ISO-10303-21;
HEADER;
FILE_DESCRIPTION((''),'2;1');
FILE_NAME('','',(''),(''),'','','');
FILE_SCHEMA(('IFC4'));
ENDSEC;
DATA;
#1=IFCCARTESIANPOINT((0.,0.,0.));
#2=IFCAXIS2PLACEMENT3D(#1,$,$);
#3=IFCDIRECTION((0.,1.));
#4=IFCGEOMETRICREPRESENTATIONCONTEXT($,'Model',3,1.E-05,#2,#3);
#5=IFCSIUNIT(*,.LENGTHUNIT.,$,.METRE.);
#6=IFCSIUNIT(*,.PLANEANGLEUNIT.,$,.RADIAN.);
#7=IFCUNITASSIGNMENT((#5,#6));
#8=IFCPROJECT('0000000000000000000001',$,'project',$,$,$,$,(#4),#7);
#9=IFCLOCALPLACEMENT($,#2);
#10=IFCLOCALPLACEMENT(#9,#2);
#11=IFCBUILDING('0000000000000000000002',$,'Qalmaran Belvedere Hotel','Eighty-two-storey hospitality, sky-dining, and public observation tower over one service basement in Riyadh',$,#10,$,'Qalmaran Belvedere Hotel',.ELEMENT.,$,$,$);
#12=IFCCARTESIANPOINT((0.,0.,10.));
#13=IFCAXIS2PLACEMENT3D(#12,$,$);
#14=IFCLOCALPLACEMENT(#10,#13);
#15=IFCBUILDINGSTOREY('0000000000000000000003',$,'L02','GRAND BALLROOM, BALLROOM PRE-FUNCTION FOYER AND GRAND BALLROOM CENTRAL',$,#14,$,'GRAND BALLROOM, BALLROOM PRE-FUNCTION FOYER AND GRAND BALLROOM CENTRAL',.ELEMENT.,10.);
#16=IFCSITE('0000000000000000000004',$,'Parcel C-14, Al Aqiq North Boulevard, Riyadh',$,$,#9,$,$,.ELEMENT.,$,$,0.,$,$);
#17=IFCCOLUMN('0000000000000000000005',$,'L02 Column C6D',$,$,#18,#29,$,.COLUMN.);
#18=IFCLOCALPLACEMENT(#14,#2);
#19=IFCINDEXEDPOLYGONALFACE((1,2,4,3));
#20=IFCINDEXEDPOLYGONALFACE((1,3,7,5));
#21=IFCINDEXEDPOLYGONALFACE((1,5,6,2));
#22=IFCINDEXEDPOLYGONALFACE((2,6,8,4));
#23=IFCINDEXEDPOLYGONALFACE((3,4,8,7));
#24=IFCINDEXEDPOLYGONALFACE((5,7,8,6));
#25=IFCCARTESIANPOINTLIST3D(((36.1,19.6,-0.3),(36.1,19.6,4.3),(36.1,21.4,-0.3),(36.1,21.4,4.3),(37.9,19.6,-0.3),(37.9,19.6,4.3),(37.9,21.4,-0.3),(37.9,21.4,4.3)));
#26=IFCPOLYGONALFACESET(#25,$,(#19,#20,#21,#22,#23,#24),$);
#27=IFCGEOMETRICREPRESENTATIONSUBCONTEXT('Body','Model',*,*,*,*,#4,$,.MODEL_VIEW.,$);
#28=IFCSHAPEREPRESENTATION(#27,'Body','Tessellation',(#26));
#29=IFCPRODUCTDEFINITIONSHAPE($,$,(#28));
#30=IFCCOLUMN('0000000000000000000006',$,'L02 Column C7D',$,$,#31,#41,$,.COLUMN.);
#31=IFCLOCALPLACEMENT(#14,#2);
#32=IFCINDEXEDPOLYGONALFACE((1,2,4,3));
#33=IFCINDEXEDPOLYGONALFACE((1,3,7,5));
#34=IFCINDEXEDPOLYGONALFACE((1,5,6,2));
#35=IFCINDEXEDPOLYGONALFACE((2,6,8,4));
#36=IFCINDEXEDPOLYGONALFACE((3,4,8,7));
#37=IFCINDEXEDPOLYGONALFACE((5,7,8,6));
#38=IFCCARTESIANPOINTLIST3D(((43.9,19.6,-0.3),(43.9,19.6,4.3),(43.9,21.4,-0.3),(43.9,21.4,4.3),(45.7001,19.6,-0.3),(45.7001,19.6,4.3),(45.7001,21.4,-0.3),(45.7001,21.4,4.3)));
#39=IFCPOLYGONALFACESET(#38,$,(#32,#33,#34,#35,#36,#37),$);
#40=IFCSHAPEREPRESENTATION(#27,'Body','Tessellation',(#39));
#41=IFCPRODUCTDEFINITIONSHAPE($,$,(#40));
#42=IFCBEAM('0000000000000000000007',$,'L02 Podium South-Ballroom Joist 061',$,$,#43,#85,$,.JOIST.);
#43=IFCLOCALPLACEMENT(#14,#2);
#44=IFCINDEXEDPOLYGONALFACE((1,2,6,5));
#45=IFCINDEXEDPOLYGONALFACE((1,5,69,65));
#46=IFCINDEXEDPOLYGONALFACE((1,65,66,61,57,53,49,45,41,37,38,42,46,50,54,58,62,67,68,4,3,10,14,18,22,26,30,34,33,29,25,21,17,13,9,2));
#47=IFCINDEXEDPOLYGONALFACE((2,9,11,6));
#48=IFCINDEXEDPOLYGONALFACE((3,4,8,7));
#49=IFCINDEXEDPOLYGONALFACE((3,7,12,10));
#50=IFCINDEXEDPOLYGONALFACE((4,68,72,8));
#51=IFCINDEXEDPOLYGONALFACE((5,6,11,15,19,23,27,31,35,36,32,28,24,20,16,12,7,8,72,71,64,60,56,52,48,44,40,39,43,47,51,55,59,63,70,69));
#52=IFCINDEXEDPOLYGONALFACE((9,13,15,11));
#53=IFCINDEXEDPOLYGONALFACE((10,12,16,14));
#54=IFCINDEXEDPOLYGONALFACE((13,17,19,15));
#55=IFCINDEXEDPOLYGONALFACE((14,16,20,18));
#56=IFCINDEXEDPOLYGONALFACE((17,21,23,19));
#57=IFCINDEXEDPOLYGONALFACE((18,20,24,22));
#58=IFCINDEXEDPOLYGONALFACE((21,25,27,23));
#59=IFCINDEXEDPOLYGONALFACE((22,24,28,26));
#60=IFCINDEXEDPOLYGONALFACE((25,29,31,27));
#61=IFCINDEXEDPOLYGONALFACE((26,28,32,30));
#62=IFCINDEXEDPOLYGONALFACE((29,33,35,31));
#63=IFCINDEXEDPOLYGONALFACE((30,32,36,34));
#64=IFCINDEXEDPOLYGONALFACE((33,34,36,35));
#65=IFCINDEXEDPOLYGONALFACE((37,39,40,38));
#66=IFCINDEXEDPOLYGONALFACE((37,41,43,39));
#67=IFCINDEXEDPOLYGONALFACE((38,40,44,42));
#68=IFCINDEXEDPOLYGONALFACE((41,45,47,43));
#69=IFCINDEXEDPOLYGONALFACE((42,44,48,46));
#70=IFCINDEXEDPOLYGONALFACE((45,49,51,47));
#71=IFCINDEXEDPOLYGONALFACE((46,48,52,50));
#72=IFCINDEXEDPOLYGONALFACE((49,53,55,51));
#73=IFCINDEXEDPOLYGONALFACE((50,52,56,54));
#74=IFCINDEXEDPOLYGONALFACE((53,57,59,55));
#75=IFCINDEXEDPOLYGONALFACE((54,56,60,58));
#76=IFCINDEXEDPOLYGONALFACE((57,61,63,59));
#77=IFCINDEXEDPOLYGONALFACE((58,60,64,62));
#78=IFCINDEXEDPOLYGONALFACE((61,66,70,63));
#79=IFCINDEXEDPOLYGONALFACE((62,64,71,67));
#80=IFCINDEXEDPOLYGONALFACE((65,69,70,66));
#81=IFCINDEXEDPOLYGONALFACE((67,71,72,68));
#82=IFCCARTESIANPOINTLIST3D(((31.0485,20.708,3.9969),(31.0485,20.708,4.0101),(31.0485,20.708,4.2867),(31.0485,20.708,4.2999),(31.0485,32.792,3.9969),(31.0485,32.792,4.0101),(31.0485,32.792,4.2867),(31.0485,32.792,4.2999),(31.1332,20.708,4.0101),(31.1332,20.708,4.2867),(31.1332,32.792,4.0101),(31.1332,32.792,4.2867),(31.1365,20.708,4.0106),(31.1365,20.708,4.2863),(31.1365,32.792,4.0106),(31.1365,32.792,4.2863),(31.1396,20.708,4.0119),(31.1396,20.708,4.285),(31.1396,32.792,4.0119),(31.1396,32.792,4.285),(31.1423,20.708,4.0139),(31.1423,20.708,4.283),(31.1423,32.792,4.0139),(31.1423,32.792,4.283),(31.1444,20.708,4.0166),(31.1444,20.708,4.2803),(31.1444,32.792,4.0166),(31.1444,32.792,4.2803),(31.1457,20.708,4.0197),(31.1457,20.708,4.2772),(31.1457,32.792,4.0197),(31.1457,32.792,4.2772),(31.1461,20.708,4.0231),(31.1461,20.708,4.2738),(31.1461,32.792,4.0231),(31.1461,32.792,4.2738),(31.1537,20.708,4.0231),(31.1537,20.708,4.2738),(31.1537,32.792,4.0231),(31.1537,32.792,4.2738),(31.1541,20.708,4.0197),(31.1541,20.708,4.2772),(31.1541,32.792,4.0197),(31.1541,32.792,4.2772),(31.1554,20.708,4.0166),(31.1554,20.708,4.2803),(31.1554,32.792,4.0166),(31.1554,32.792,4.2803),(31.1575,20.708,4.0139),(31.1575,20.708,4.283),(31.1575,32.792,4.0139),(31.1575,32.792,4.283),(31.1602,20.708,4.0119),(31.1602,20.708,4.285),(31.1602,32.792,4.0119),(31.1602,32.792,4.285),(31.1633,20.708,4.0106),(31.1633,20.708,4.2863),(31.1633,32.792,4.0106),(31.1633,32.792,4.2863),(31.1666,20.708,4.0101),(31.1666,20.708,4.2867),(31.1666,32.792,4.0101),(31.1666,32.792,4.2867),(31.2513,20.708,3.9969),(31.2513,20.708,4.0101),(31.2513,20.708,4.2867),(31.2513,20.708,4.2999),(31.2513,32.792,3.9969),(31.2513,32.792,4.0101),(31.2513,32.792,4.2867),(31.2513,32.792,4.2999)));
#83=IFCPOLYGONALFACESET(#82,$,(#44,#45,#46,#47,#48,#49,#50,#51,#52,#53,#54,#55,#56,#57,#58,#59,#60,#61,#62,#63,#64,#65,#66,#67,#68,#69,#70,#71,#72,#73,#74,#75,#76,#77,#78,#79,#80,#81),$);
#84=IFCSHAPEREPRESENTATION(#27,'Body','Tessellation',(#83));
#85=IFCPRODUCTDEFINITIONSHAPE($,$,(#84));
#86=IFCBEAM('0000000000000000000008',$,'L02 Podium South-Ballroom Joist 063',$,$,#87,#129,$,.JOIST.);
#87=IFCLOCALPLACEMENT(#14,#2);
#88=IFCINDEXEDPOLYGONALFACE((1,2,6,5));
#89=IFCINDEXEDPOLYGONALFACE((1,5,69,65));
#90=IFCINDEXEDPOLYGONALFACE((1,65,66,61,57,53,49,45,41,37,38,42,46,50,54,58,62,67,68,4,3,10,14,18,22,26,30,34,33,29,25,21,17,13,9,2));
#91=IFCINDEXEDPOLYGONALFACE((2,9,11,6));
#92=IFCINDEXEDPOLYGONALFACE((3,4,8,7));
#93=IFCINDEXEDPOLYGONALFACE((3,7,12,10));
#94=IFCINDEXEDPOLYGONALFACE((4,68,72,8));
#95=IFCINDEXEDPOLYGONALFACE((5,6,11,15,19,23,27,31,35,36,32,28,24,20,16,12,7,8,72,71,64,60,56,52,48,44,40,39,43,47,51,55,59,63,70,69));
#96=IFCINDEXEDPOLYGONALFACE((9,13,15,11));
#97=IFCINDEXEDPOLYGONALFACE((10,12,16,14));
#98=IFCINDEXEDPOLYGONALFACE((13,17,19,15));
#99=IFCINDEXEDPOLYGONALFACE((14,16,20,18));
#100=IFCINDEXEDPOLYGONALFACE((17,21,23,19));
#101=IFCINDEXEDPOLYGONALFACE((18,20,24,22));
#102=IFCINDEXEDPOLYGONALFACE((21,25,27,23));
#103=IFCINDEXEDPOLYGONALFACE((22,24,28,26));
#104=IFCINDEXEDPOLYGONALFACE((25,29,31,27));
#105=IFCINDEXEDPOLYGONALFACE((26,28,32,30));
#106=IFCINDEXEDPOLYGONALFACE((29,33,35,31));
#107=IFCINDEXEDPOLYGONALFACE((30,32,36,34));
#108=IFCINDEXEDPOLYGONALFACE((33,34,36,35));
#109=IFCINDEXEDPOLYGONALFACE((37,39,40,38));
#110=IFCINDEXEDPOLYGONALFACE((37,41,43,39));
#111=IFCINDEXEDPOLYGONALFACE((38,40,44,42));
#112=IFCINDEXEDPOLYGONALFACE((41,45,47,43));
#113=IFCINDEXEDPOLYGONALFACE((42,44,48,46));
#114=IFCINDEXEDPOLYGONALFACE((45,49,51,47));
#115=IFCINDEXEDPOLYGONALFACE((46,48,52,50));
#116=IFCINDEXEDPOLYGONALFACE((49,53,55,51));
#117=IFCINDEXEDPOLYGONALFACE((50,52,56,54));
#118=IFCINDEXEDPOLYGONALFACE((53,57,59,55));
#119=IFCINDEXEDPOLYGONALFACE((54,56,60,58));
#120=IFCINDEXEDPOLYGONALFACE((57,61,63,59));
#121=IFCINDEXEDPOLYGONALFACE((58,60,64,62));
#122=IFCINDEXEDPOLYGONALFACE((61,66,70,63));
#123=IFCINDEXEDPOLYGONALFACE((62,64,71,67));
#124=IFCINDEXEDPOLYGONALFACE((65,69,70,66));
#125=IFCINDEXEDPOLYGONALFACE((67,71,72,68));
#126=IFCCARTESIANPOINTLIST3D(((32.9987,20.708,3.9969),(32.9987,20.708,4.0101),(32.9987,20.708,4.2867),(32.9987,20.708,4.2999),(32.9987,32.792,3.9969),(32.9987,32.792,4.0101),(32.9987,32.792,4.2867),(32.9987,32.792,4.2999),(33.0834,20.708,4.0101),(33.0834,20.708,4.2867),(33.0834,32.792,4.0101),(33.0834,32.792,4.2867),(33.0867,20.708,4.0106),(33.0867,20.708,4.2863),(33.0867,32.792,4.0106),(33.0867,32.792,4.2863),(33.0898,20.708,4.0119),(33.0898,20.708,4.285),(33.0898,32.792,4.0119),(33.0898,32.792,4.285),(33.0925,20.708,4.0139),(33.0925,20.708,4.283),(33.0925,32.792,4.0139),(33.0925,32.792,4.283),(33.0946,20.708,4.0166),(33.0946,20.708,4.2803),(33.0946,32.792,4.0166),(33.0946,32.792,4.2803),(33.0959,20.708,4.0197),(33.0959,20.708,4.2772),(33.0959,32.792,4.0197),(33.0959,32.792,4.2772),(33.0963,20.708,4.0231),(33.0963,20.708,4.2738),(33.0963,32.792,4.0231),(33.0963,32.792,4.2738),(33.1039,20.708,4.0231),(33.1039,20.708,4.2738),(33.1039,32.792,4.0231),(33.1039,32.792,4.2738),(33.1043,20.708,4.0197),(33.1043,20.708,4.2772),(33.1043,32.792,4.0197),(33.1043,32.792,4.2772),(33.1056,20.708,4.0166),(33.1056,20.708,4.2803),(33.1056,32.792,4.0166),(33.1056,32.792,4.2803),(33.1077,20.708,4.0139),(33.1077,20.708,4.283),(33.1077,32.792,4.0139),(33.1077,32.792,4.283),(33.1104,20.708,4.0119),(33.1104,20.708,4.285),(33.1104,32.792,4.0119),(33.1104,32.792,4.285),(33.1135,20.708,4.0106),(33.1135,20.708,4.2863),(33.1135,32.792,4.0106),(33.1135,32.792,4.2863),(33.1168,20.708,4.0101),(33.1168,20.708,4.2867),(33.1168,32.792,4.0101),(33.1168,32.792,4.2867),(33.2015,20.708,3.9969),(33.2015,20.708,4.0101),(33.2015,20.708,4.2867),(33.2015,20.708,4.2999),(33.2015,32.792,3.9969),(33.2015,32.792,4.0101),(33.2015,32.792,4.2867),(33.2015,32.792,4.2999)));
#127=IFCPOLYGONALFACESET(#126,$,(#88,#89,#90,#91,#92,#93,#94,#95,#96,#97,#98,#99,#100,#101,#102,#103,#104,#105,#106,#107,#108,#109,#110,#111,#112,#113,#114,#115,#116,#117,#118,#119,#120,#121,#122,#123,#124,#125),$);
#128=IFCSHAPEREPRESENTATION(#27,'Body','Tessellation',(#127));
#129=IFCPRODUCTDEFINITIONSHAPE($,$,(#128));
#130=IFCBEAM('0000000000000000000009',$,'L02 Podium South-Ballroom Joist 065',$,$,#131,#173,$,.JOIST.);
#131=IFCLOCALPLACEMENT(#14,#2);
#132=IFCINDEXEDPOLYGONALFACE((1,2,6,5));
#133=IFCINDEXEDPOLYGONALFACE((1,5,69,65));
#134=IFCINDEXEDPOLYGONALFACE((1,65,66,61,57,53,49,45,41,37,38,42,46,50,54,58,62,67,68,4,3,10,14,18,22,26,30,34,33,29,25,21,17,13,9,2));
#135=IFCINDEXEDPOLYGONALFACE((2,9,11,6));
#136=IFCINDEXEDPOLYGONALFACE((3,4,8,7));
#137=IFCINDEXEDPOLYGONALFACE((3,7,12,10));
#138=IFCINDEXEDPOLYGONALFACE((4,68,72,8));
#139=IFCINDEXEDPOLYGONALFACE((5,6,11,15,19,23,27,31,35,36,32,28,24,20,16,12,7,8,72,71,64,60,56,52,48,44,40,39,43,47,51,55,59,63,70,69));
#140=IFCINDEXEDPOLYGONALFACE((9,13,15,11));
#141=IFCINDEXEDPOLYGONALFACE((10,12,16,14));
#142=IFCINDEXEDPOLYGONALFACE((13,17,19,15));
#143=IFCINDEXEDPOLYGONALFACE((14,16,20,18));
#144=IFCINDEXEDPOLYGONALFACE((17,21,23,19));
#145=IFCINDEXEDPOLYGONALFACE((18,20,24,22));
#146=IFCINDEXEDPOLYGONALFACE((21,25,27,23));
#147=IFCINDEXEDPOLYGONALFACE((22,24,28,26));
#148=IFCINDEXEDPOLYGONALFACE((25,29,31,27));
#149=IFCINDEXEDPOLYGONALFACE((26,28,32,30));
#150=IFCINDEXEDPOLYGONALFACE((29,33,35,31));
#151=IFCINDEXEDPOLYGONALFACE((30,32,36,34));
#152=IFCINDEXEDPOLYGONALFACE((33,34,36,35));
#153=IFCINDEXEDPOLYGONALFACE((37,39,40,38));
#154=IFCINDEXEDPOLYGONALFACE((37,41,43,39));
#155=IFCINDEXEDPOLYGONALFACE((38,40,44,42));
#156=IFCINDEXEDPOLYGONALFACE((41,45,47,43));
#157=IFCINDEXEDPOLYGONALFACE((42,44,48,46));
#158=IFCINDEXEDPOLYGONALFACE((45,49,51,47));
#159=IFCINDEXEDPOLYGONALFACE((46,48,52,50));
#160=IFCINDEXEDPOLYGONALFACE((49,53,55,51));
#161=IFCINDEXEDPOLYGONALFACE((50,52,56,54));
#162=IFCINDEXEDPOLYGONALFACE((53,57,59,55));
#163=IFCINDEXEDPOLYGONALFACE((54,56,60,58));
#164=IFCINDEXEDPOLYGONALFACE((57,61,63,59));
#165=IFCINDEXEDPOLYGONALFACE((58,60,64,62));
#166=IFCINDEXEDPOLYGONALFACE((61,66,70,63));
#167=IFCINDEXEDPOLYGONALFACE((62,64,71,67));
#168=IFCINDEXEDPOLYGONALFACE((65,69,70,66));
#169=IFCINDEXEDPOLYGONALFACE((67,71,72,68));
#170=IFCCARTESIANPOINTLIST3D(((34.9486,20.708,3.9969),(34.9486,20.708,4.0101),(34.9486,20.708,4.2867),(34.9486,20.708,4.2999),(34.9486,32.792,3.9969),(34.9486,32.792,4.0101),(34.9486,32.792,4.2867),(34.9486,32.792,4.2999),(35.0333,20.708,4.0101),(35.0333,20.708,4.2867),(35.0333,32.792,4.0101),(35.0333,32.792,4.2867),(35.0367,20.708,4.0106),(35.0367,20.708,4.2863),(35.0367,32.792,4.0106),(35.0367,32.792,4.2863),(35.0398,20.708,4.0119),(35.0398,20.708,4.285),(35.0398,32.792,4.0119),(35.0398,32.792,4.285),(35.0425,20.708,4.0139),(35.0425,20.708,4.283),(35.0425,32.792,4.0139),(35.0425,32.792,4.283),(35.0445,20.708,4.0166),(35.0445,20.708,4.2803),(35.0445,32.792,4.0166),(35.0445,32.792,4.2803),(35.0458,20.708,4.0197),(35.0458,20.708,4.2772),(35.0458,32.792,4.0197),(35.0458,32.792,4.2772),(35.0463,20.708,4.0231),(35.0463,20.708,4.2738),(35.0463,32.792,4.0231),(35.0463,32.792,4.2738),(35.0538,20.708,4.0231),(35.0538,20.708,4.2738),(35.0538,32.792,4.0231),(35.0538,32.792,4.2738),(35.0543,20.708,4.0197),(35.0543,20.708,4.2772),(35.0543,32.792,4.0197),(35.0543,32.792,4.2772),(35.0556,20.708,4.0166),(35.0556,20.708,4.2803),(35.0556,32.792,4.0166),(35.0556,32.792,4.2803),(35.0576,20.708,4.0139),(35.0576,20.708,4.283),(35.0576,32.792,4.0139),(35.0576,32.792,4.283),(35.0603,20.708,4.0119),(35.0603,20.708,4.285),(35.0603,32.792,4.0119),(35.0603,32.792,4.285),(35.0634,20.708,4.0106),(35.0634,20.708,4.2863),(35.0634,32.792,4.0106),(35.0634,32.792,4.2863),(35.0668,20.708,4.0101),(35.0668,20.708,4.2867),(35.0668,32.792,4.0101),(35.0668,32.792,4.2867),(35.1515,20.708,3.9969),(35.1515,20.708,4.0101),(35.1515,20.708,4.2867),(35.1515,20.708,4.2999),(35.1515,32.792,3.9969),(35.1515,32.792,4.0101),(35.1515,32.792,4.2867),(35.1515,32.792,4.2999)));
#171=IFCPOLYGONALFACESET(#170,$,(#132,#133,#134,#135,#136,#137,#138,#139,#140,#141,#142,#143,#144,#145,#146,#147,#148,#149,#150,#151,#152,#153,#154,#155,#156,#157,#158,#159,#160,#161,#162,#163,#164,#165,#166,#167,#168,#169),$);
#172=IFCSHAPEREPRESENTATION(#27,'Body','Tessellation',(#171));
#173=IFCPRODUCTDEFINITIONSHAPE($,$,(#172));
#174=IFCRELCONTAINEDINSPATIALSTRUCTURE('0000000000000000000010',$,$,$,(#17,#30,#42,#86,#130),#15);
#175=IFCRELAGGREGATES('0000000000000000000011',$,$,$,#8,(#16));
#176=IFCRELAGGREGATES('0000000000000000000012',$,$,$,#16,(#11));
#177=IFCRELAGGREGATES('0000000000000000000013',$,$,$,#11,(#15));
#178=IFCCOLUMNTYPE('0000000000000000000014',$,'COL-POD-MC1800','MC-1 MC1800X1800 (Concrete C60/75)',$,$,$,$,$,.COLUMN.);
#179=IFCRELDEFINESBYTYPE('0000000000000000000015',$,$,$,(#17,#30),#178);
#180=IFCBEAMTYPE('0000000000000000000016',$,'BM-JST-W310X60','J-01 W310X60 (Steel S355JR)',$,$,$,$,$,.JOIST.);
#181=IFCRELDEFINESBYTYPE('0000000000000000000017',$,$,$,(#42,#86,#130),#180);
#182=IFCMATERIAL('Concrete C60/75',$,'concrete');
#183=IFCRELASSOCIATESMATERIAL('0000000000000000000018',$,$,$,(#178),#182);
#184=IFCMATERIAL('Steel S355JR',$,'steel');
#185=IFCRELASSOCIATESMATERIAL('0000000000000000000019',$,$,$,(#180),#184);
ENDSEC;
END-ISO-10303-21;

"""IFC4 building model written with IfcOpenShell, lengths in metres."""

from ifc_helpers import new_model, si_unit, direction, frame, origin, origin_2d, place, context, subcontext, project, spatial, rectangle, i_section, extrude, material, material_profile, profile_set, type_object, element, save


model = new_model("IFC4")

# Units and contexts
model_context = context("Model", 3, precision=1e-05, world=origin(), true_north=direction((0.0, 1.0)))
body_context = subcontext(model_context, "Body", "Model", "MODEL_VIEW")
ifc_project = project(units=[si_unit("LENGTHUNIT", "METRE"), si_unit("PLANEANGLEUNIT", "RADIAN")], contexts=[model_context])

# Site, building, storey
site_placement = place(None, origin())
site = spatial("IfcSite", under=ifc_project, at=site_placement, Name="Parcel C-14, Al Aqiq North Boulevard, Riyadh", CompositionType="ELEMENT", RefElevation=0.0)
building_placement = place(site_placement, origin())
building = spatial("IfcBuilding", under=site, at=building_placement, Name="Qalmaran Belvedere Hotel", Description="Eighty-two-storey hospitality, sky-dining, and public observation tower over one service basement in Riyadh", LongName="Qalmaran Belvedere Hotel", CompositionType="ELEMENT")
storey_placement = place(building_placement, frame((0.0, 0.0, 10.0)))
storey = spatial("IfcBuildingStorey", under=building, at=storey_placement, Name="L02", Description="GRAND BALLROOM, BALLROOM PRE-FUNCTION FOYER AND GRAND BALLROOM CENTRAL", LongName="GRAND BALLROOM, BALLROOM PRE-FUNCTION FOYER AND GRAND BALLROOM CENTRAL", CompositionType="ELEMENT", Elevation=10.0)

# Columns
ifc_material_1 = material(Name="Concrete C60/75", Category="concrete")
ifc_material_profile_1 = material_profile(ifc_material_1, rectangle(XDim=1.8, YDim=1.8, at=origin_2d()), Name="MC1800X1800")
ifc_profile_set_1 = profile_set([ifc_material_profile_1], Name="Concrete C60/75")
column_type = type_object("IfcColumnType", Name="COL-POD-MC1800", Description="MC-1 MC1800X1800 (Concrete C60/75)", PredefinedType="COLUMN", material=ifc_profile_set_1)
for number, where, z_axis, x_axis, name in (
    (1, (37.0, 20.5, -0.3), (0.0, 0.0, 1.0), (1.0, 0.0, 0.0), "L02 Column C6D"),
    (2, (44.8, 20.5, -0.3), (0.0, 0.0, 1.0), (1.0, 0.0, 0.0), "L02 Column C7D"),
):
    element("IfcColumn", number, at=place(storey_placement, frame(where, z_axis=z_axis, x_axis=x_axis)), inside=storey, type_object=column_type, Name=name, PredefinedType="COLUMN", context=body_context, shape_type="SweptSolid", body=[
        extrude(rectangle(XDim=1.8, YDim=1.8, at=origin_2d()), origin(), (0.0, 0.0, 1.0), 4.6001),
    ])

# Beams
ifc_material_2 = material(Name="Steel S355JR", Category="steel")
ifc_material_profile_2 = material_profile(ifc_material_2, i_section(OverallWidth=0.2029, OverallDepth=0.303, WebThickness=0.0076, FlangeThickness=0.0132, FilletRadius=0.0129, at=origin_2d()), Name="W310X60")
ifc_profile_set_2 = profile_set([ifc_material_profile_2], Name="Steel S355JR")
beam_type_1 = type_object("IfcBeamType", Name="BM-JST-W310X60", Description="J-01 W310X60 (Steel S355JR)", PredefinedType="JOIST", material=ifc_profile_set_2)
for number, where, z_axis, x_axis, name in (
    (3, (31.1499, 20.708, 4.1484), (0.0, 1.0, 0.0), (-1.0, 0.0, 0.0), "L02 Podium South-Ballroom Joist 061"),
    (4, (33.1001, 20.708, 4.1484), (0.0, 1.0, 0.0), (-1.0, 0.0, 0.0), "L02 Podium South-Ballroom Joist 063"),
    (5, (35.05, 20.708, 4.1484), (0.0, 1.0, 0.0), (-1.0, 0.0, 0.0), "L02 Podium South-Ballroom Joist 065"),
):
    element("IfcBeam", number, at=place(storey_placement, frame(where, z_axis=z_axis, x_axis=x_axis)), inside=storey, type_object=beam_type_1, Name=name, PredefinedType="JOIST", context=body_context, shape_type="SweptSolid", body=[
        extrude(i_section(OverallWidth=0.2029, OverallDepth=0.303, WebThickness=0.0076, FlangeThickness=0.0132, FilletRadius=0.0129, at=origin_2d()), origin(), (0.0, 0.0, 1.0), 12.084),
    ])

save(model, "model.ifc")
